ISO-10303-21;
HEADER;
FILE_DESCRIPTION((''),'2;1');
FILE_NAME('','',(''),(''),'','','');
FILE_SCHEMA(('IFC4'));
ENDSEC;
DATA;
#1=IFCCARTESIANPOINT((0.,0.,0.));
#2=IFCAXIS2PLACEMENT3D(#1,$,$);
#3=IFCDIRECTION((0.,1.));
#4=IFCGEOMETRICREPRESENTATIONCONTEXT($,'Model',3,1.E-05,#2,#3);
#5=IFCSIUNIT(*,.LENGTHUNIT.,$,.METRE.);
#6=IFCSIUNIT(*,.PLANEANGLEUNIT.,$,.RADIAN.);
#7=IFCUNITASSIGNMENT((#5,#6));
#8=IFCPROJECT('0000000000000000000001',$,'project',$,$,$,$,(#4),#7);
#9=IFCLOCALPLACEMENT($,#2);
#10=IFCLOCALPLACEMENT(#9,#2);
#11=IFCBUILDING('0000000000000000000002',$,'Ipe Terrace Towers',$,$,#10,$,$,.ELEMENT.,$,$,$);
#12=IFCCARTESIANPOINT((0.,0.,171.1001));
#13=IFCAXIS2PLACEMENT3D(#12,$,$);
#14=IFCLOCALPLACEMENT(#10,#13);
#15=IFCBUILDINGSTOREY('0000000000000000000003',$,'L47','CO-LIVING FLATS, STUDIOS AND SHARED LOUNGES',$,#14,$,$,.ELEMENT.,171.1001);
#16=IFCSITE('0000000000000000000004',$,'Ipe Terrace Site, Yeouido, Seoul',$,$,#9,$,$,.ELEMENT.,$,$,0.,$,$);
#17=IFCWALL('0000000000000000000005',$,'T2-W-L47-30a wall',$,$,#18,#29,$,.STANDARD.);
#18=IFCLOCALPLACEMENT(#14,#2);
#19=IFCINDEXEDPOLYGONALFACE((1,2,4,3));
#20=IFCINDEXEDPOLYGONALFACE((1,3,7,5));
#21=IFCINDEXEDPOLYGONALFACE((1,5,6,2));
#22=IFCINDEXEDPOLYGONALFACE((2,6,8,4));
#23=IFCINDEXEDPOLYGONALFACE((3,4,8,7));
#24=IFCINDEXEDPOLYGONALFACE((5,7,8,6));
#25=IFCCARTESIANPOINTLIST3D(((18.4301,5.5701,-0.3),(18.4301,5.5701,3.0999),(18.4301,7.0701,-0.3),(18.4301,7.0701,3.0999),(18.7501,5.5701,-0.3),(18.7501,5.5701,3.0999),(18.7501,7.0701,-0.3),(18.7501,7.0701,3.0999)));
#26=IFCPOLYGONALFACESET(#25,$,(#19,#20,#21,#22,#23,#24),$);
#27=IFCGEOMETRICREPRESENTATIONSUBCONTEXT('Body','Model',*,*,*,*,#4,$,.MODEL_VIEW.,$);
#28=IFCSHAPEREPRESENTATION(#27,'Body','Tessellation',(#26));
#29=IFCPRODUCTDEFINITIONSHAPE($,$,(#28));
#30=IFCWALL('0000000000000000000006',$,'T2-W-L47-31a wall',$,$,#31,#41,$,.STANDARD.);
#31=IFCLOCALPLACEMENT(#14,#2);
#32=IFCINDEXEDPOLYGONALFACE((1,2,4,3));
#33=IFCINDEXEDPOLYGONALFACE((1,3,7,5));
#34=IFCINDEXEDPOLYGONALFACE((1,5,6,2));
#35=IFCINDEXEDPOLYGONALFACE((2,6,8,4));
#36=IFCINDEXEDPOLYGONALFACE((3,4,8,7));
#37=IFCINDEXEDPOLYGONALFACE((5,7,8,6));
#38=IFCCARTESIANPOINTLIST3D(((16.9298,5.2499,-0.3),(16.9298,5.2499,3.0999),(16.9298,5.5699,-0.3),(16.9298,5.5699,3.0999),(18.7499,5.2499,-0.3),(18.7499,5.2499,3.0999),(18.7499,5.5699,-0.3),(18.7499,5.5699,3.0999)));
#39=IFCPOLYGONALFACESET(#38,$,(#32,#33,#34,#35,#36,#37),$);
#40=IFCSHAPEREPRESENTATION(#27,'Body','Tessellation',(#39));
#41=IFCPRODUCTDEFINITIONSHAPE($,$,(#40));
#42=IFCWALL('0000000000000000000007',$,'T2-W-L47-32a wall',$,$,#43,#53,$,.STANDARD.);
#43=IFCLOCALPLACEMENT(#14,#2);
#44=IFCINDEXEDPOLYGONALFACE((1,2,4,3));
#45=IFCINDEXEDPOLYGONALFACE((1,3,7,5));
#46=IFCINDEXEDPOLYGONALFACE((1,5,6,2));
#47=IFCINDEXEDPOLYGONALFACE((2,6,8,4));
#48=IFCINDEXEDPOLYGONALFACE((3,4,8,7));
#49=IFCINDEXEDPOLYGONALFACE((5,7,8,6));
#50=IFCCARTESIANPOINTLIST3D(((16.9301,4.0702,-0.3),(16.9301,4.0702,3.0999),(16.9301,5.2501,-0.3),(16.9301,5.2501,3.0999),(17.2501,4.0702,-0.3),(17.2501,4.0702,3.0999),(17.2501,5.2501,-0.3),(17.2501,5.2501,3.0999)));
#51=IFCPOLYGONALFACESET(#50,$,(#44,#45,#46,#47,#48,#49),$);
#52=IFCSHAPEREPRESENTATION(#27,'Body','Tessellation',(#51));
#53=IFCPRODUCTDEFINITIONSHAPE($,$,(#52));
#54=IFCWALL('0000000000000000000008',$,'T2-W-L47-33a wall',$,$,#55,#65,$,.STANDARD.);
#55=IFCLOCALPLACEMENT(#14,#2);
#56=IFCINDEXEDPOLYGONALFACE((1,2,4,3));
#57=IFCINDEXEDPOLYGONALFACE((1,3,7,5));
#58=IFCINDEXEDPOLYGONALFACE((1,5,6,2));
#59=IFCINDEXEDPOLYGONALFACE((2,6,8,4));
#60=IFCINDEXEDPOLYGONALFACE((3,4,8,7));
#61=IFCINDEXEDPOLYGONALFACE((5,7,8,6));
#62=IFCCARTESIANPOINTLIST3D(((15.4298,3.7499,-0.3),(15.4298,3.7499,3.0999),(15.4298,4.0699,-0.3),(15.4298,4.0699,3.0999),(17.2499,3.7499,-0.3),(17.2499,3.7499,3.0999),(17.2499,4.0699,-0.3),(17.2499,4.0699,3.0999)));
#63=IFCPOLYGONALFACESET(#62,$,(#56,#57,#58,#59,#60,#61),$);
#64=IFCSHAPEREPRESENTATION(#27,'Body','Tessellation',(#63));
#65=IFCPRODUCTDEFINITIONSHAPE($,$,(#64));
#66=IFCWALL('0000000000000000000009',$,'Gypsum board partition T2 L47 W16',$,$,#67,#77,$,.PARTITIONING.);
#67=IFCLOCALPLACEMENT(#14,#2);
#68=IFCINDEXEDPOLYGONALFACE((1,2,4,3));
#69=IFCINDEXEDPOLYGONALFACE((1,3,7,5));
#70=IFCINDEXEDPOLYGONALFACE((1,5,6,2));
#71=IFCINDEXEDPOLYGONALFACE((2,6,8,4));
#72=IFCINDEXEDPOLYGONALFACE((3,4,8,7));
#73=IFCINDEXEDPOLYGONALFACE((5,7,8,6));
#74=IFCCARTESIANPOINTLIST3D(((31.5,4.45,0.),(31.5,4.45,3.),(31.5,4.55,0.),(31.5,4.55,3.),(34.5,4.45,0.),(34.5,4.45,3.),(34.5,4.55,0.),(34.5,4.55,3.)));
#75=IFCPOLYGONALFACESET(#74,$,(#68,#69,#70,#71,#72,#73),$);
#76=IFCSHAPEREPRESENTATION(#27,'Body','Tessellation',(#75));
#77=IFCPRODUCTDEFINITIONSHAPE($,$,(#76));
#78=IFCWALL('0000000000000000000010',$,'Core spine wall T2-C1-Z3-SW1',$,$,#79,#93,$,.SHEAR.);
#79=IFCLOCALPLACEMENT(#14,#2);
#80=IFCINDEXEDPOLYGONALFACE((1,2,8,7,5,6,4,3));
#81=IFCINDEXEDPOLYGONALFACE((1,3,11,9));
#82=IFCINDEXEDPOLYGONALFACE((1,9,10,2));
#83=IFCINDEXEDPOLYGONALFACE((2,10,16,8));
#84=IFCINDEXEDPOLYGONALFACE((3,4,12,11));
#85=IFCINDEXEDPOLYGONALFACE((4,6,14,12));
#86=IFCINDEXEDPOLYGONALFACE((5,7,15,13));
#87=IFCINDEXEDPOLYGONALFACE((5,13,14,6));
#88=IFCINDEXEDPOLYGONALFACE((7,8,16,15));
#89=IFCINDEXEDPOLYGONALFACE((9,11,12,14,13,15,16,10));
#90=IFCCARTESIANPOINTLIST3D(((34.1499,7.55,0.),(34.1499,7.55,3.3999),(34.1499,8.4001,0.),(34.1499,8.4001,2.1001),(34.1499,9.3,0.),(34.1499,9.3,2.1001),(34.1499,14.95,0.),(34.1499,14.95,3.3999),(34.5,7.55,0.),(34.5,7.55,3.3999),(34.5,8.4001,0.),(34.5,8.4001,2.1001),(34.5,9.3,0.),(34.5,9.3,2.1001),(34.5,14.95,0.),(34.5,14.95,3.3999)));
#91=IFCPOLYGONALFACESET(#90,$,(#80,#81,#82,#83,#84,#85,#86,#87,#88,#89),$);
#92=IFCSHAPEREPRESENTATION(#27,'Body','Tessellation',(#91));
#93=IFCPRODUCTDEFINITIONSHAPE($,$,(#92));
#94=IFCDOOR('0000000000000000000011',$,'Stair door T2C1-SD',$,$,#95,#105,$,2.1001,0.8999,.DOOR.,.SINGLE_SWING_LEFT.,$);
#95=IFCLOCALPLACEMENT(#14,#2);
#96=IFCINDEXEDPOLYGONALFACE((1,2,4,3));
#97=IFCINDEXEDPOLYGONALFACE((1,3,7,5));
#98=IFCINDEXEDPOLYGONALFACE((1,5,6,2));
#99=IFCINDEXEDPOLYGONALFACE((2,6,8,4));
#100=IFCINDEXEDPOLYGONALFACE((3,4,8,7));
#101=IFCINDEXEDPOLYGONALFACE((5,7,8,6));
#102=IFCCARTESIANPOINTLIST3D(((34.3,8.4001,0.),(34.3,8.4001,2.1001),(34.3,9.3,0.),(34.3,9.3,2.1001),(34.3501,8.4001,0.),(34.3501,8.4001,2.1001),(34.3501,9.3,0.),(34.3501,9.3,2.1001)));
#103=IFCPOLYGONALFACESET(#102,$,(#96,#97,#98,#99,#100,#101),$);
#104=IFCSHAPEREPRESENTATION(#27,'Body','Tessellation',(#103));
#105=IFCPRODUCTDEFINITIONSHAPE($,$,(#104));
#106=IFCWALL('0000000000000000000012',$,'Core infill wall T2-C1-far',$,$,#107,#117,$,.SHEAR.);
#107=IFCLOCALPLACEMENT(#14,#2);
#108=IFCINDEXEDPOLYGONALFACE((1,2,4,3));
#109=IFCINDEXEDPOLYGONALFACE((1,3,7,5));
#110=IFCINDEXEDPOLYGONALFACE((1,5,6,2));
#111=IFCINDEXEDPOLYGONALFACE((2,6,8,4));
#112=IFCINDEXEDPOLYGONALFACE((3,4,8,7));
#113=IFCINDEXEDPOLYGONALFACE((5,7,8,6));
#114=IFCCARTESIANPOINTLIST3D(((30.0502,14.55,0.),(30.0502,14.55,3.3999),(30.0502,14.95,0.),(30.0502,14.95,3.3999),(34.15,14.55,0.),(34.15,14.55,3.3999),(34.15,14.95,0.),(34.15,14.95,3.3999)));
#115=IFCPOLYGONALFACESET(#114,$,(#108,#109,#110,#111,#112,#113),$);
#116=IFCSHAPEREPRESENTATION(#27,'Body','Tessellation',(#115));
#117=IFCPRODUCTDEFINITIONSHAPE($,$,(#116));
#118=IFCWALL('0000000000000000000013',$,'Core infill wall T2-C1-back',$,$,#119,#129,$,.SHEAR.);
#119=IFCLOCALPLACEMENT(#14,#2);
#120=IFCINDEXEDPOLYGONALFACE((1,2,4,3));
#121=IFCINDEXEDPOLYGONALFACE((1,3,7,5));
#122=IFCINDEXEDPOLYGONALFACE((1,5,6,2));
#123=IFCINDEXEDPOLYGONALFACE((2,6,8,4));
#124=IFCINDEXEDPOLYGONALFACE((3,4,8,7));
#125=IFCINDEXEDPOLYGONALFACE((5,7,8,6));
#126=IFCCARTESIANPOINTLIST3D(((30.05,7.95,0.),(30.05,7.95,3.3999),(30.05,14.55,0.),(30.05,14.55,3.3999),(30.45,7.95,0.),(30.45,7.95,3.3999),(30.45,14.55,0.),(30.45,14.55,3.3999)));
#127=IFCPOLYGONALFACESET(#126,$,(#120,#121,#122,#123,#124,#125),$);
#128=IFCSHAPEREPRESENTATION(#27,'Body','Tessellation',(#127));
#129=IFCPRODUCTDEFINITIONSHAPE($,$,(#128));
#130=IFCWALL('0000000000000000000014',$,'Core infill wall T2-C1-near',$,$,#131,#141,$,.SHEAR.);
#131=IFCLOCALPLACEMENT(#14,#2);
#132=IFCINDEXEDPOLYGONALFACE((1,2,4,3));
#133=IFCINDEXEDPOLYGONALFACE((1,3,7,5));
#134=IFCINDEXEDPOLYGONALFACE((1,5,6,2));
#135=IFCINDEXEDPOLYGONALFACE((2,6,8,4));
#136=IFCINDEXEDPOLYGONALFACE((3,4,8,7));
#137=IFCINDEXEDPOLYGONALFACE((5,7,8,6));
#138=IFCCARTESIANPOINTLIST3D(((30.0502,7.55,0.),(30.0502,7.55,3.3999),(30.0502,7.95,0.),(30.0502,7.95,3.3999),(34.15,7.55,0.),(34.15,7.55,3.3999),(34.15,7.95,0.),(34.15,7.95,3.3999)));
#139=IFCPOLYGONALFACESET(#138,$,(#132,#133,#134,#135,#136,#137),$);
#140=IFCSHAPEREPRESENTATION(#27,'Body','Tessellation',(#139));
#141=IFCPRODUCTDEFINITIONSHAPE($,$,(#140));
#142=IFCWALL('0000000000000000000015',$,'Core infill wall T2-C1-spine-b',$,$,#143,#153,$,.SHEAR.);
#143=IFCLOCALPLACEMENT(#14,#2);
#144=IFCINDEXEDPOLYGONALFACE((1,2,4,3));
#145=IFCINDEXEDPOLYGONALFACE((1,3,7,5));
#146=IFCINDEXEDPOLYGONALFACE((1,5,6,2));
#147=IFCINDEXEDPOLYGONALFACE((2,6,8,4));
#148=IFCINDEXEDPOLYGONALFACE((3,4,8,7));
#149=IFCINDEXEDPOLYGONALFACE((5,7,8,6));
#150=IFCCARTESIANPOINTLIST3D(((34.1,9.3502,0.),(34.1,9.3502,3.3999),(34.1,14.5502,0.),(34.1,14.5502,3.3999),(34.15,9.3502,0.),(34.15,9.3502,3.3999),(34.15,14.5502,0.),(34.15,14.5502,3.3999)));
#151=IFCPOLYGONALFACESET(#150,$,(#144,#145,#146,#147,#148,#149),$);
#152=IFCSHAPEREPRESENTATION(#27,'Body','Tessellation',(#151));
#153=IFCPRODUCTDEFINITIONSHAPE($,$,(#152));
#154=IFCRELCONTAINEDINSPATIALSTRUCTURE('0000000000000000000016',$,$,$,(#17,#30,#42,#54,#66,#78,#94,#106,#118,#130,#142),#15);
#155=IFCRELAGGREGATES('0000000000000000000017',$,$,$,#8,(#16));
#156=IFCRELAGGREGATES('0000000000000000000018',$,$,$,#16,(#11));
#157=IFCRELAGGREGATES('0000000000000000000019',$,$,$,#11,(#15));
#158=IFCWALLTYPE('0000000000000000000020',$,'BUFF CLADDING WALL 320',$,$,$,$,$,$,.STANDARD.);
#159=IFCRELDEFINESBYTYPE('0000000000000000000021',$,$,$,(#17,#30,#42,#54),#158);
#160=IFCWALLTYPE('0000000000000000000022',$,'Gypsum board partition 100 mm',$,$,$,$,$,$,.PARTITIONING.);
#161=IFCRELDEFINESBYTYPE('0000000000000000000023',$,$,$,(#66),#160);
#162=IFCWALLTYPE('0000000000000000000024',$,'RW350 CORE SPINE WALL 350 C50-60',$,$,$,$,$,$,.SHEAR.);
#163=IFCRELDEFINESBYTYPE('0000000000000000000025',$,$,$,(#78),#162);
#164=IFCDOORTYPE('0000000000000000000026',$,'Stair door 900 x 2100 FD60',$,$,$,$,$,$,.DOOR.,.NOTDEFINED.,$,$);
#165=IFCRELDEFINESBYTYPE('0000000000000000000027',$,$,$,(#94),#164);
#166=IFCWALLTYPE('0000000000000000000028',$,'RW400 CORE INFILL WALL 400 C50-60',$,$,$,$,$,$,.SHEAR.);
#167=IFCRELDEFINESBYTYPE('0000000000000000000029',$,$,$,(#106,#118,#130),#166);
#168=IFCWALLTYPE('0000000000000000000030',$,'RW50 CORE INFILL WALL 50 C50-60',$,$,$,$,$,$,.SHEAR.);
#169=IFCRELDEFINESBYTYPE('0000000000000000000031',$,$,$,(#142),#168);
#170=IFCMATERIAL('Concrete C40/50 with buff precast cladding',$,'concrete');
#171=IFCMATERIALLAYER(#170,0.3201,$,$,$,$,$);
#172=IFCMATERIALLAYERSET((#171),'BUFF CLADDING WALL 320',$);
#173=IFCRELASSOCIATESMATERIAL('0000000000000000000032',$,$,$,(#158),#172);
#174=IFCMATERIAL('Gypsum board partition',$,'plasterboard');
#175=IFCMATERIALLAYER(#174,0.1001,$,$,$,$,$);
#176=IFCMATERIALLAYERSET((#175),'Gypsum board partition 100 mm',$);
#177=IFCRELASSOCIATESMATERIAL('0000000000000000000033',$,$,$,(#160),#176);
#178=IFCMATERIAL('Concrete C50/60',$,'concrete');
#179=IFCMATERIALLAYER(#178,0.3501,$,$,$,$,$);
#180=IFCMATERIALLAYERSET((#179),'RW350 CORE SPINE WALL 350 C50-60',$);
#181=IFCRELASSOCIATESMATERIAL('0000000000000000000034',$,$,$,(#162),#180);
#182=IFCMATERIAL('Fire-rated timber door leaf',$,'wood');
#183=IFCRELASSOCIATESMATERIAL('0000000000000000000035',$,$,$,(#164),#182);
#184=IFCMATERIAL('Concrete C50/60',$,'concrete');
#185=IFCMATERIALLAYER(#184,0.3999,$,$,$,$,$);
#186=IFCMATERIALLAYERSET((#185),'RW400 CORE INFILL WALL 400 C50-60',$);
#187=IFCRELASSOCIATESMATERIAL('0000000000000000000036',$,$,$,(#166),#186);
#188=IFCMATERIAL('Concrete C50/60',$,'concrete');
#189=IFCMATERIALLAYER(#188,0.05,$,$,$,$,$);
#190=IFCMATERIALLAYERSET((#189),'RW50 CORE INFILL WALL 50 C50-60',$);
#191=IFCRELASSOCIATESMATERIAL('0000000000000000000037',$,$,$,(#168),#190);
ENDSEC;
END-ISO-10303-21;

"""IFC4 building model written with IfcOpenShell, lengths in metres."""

from ifc_helpers import new_model, si_unit, direction, frame, frame_2d, origin, place, context, subcontext, project, spatial, rectangle, extrude, material, layer, layer_set, type_object, element, fill, save


model = new_model("IFC4")

# Units and contexts
model_context = context("Model", 3, precision=1e-05, world=origin(), true_north=direction((0.0, 1.0)))
body_context = subcontext(model_context, "Body", "Model", "MODEL_VIEW")
ifc_project = project(units=[si_unit("LENGTHUNIT", "METRE"), si_unit("PLANEANGLEUNIT", "RADIAN")], contexts=[model_context])

# Site, building, storey
site_placement = place(None, origin())
site = spatial("IfcSite", under=ifc_project, at=site_placement, Name="Ipe Terrace Site, Yeouido, Seoul", CompositionType="ELEMENT", RefElevation=0.0)
building_placement = place(site_placement, origin())
building = spatial("IfcBuilding", under=site, at=building_placement, Name="Ipe Terrace Towers", CompositionType="ELEMENT")
storey_placement = place(building_placement, frame((0.0, 0.0, 171.1001)))
storey = spatial("IfcBuildingStorey", under=building, at=storey_placement, Name="L47", Description="CO-LIVING FLATS, STUDIOS AND SHARED LOUNGES", CompositionType="ELEMENT", Elevation=171.1001)

# Walls
ifc_material_1 = material(Name="Concrete C40/50 with buff precast cladding", Category="concrete")
ifc_layer_1 = layer(ifc_material_1, 0.3201)
ifc_layer_set_1 = layer_set([ifc_layer_1], Name="BUFF CLADDING WALL 320")
wall_type_1 = type_object("IfcWallType", Name="BUFF CLADDING WALL 320", PredefinedType="STANDARD", material=ifc_layer_set_1)
wall_1_placement = place(storey_placement, frame((18.5901, 7.0701, -0.3), z_axis=(0.0, 0.0, 1.0), x_axis=(0.0, -1.0, 0.0)))
element("IfcWall", 1, at=wall_1_placement, inside=storey, type_object=wall_type_1, Name="T2-W-L47-30a wall", PredefinedType="STANDARD", context=body_context, shape_type="SweptSolid", body=[
    extrude(rectangle(XDim=1.5, YDim=0.3201, at=frame_2d((0.75, 0.0))), origin(), (0.0, 0.0, 1.0), 3.3999),
])
wall_2_placement = place(storey_placement, frame((18.75, 5.4099, -0.3), z_axis=(0.0, 0.0, 1.0), x_axis=(-1.0, 0.0, 0.0)))
element("IfcWall", 2, at=wall_2_placement, inside=storey, type_object=wall_type_1, Name="T2-W-L47-31a wall", PredefinedType="STANDARD", context=body_context, shape_type="SweptSolid", body=[
    extrude(rectangle(XDim=1.8201, YDim=0.3201, at=frame_2d((0.9102, 0.0))), origin(), (0.0, 0.0, 1.0), 3.3999),
])
wall_3_placement = place(storey_placement, frame((17.0901, 5.25, -0.3), z_axis=(0.0, 0.0, 1.0), x_axis=(0.0, -1.0, 0.0)))
element("IfcWall", 3, at=wall_3_placement, inside=storey, type_object=wall_type_1, Name="T2-W-L47-32a wall", PredefinedType="STANDARD", context=body_context, shape_type="SweptSolid", body=[
    extrude(rectangle(XDim=1.1799, YDim=0.3201, at=frame_2d((0.5898, 0.0))), origin(), (0.0, 0.0, 1.0), 3.3999),
])
wall_4_placement = place(storey_placement, frame((17.25, 3.9099, -0.3), z_axis=(0.0, 0.0, 1.0), x_axis=(-1.0, 0.0, 0.0)))
element("IfcWall", 4, at=wall_4_placement, inside=storey, type_object=wall_type_1, Name="T2-W-L47-33a wall", PredefinedType="STANDARD", context=body_context, shape_type="SweptSolid", body=[
    extrude(rectangle(XDim=1.8201, YDim=0.3201, at=frame_2d((0.9102, 0.0))), origin(), (0.0, 0.0, 1.0), 3.3999),
])
ifc_material_2 = material(Name="Gypsum board partition", Category="plasterboard")
ifc_layer_2 = layer(ifc_material_2, 0.1001)
ifc_layer_set_2 = layer_set([ifc_layer_2], Name="Gypsum board partition 100 mm")
wall_type_2 = type_object("IfcWallType", Name="Gypsum board partition 100 mm", PredefinedType="PARTITIONING", material=ifc_layer_set_2)
wall_5_placement = place(storey_placement, frame((34.5, 4.5, 0.0), z_axis=(0.0, 0.0, 1.0), x_axis=(-1.0, 0.0, 0.0)))
element("IfcWall", 5, at=wall_5_placement, inside=storey, type_object=wall_type_2, Name="Gypsum board partition T2 L47 W16", PredefinedType="PARTITIONING", context=body_context, shape_type="SweptSolid", body=[
    extrude(rectangle(XDim=3.0, YDim=0.1001, at=frame_2d((1.5, 0.0))), origin(), (0.0, 0.0, 1.0), 3.0),
])

# Wall, opening, door
ifc_material_3 = material(Name="Concrete C50/60", Category="concrete")
ifc_layer_3 = layer(ifc_material_3, 0.3501)
ifc_layer_set_3 = layer_set([ifc_layer_3], Name="RW350 CORE SPINE WALL 350 C50-60")
wall_type_3 = type_object("IfcWallType", Name="RW350 CORE SPINE WALL 350 C50-60", PredefinedType="SHEAR", material=ifc_layer_set_3)
wall_6_placement = place(storey_placement, frame((34.325, 7.55, 0.0), z_axis=(0.0, 0.0, 1.0), x_axis=(0.0, 1.0, 0.0)))
wall_6 = element("IfcWall", 6, at=wall_6_placement, inside=storey, type_object=wall_type_3, Name="Core spine wall T2-C1-Z3-SW1", PredefinedType="SHEAR", context=body_context, shape_type="SweptSolid", body=[
    extrude(rectangle(XDim=7.3999, YDim=0.3501, at=frame_2d((3.7, 0.0))), origin(), (0.0, 0.0, 1.0), 3.3999),
])
opening_1_placement = place(wall_6_placement, frame((0.8501, 0.0, 0.0)))
opening_1 = element("IfcOpeningElement", 7, at=opening_1_placement, cuts=wall_6, PredefinedType="OPENING", context=body_context, shape_type="SweptSolid", body=[
    extrude(rectangle(XDim=0.8999, YDim=2.1001, at=frame_2d((0.45, 1.05))), frame((0.0, 0.1851, 0.0), z_axis=(0.0, -1.0, 0.0), x_axis=(1.0, 0.0, 0.0)), (0.0, 0.0, 1.0), 0.3701),
])
ifc_material_4 = material(Name="Fire-rated timber door leaf", Category="wood")
door_type_1 = type_object("IfcDoorType", Name="Stair door 900 x 2100 FD60", OperationType="NOTDEFINED", PredefinedType="DOOR", material=ifc_material_4)
door_1_placement = place(opening_1_placement, origin())
door_1 = element("IfcDoor", 8, at=door_1_placement, inside=storey, type_object=door_type_1, Name="Stair door T2C1-SD", OperationType="SINGLE_SWING_LEFT", OverallHeight=2.1001, OverallWidth=0.8999, PredefinedType="DOOR", context=body_context, shape_type="SweptSolid", body=[
    extrude(rectangle(XDim=0.8999, YDim=2.1001, at=frame_2d((0.45, 1.05))), frame((0.0, 0.0249, 0.0), z_axis=(0.0, -1.0, 0.0), x_axis=(1.0, 0.0, 0.0)), (0.0, 0.0, 1.0), 0.05),
])
fill(opening_1, door_1)

# Walls
ifc_material_5 = material(Name="Concrete C50/60", Category="concrete")
ifc_layer_4 = layer(ifc_material_5, 0.3999)
ifc_layer_set_4 = layer_set([ifc_layer_4], Name="RW400 CORE INFILL WALL 400 C50-60")
wall_type_4 = type_object("IfcWallType", Name="RW400 CORE INFILL WALL 400 C50-60", PredefinedType="SHEAR", material=ifc_layer_set_4)
wall_7_placement = place(storey_placement, frame((34.1499, 14.75, 0.0), z_axis=(0.0, 0.0, 1.0), x_axis=(-1.0, 0.0, 0.0)))
element("IfcWall", 9, at=wall_7_placement, inside=storey, type_object=wall_type_4, Name="Core infill wall T2-C1-far", PredefinedType="SHEAR", context=body_context, shape_type="SweptSolid", body=[
    extrude(rectangle(XDim=4.0999, YDim=0.3999, at=frame_2d((2.0498, 0.0))), origin(), (0.0, 0.0, 1.0), 3.3999),
])
wall_8_placement = place(storey_placement, frame((30.25, 7.95, 0.0), z_axis=(0.0, 0.0, 1.0), x_axis=(0.0, 1.0, 0.0)))
element("IfcWall", 10, at=wall_8_placement, inside=storey, type_object=wall_type_4, Name="Core infill wall T2-C1-back", PredefinedType="SHEAR", context=body_context, shape_type="SweptSolid", body=[
    extrude(rectangle(XDim=6.6001, YDim=0.3999, at=frame_2d((3.3, 0.0))), origin(), (0.0, 0.0, 1.0), 3.3999),
])
wall_9_placement = place(storey_placement, frame((34.1499, 7.75, 0.0), z_axis=(0.0, 0.0, 1.0), x_axis=(-1.0, 0.0, 0.0)))
element("IfcWall", 11, at=wall_9_placement, inside=storey, type_object=wall_type_4, Name="Core infill wall T2-C1-near", PredefinedType="SHEAR", context=body_context, shape_type="SweptSolid", body=[
    extrude(rectangle(XDim=4.0999, YDim=0.3999, at=frame_2d((2.0498, 0.0))), origin(), (0.0, 0.0, 1.0), 3.3999),
])
ifc_material_6 = material(Name="Concrete C50/60", Category="concrete")
ifc_layer_5 = layer(ifc_material_6, 0.05)
ifc_layer_set_5 = layer_set([ifc_layer_5], Name="RW50 CORE INFILL WALL 50 C50-60")
wall_type_5 = type_object("IfcWallType", Name="RW50 CORE INFILL WALL 50 C50-60", PredefinedType="SHEAR", material=ifc_layer_set_5)
wall_10_placement = place(storey_placement, frame((34.125, 9.3501, 0.0), z_axis=(0.0, 0.0, 1.0), x_axis=(0.0, 1.0, 0.0)))
element("IfcWall", 12, at=wall_10_placement, inside=storey, type_object=wall_type_5, Name="Core infill wall T2-C1-spine-b", PredefinedType="SHEAR", context=body_context, shape_type="SweptSolid", body=[
    extrude(rectangle(XDim=5.2, YDim=0.05, at=frame_2d((2.6001, 0.0))), origin(), (0.0, 0.0, 1.0), 3.3999),
])

save(model, "model.ifc")
